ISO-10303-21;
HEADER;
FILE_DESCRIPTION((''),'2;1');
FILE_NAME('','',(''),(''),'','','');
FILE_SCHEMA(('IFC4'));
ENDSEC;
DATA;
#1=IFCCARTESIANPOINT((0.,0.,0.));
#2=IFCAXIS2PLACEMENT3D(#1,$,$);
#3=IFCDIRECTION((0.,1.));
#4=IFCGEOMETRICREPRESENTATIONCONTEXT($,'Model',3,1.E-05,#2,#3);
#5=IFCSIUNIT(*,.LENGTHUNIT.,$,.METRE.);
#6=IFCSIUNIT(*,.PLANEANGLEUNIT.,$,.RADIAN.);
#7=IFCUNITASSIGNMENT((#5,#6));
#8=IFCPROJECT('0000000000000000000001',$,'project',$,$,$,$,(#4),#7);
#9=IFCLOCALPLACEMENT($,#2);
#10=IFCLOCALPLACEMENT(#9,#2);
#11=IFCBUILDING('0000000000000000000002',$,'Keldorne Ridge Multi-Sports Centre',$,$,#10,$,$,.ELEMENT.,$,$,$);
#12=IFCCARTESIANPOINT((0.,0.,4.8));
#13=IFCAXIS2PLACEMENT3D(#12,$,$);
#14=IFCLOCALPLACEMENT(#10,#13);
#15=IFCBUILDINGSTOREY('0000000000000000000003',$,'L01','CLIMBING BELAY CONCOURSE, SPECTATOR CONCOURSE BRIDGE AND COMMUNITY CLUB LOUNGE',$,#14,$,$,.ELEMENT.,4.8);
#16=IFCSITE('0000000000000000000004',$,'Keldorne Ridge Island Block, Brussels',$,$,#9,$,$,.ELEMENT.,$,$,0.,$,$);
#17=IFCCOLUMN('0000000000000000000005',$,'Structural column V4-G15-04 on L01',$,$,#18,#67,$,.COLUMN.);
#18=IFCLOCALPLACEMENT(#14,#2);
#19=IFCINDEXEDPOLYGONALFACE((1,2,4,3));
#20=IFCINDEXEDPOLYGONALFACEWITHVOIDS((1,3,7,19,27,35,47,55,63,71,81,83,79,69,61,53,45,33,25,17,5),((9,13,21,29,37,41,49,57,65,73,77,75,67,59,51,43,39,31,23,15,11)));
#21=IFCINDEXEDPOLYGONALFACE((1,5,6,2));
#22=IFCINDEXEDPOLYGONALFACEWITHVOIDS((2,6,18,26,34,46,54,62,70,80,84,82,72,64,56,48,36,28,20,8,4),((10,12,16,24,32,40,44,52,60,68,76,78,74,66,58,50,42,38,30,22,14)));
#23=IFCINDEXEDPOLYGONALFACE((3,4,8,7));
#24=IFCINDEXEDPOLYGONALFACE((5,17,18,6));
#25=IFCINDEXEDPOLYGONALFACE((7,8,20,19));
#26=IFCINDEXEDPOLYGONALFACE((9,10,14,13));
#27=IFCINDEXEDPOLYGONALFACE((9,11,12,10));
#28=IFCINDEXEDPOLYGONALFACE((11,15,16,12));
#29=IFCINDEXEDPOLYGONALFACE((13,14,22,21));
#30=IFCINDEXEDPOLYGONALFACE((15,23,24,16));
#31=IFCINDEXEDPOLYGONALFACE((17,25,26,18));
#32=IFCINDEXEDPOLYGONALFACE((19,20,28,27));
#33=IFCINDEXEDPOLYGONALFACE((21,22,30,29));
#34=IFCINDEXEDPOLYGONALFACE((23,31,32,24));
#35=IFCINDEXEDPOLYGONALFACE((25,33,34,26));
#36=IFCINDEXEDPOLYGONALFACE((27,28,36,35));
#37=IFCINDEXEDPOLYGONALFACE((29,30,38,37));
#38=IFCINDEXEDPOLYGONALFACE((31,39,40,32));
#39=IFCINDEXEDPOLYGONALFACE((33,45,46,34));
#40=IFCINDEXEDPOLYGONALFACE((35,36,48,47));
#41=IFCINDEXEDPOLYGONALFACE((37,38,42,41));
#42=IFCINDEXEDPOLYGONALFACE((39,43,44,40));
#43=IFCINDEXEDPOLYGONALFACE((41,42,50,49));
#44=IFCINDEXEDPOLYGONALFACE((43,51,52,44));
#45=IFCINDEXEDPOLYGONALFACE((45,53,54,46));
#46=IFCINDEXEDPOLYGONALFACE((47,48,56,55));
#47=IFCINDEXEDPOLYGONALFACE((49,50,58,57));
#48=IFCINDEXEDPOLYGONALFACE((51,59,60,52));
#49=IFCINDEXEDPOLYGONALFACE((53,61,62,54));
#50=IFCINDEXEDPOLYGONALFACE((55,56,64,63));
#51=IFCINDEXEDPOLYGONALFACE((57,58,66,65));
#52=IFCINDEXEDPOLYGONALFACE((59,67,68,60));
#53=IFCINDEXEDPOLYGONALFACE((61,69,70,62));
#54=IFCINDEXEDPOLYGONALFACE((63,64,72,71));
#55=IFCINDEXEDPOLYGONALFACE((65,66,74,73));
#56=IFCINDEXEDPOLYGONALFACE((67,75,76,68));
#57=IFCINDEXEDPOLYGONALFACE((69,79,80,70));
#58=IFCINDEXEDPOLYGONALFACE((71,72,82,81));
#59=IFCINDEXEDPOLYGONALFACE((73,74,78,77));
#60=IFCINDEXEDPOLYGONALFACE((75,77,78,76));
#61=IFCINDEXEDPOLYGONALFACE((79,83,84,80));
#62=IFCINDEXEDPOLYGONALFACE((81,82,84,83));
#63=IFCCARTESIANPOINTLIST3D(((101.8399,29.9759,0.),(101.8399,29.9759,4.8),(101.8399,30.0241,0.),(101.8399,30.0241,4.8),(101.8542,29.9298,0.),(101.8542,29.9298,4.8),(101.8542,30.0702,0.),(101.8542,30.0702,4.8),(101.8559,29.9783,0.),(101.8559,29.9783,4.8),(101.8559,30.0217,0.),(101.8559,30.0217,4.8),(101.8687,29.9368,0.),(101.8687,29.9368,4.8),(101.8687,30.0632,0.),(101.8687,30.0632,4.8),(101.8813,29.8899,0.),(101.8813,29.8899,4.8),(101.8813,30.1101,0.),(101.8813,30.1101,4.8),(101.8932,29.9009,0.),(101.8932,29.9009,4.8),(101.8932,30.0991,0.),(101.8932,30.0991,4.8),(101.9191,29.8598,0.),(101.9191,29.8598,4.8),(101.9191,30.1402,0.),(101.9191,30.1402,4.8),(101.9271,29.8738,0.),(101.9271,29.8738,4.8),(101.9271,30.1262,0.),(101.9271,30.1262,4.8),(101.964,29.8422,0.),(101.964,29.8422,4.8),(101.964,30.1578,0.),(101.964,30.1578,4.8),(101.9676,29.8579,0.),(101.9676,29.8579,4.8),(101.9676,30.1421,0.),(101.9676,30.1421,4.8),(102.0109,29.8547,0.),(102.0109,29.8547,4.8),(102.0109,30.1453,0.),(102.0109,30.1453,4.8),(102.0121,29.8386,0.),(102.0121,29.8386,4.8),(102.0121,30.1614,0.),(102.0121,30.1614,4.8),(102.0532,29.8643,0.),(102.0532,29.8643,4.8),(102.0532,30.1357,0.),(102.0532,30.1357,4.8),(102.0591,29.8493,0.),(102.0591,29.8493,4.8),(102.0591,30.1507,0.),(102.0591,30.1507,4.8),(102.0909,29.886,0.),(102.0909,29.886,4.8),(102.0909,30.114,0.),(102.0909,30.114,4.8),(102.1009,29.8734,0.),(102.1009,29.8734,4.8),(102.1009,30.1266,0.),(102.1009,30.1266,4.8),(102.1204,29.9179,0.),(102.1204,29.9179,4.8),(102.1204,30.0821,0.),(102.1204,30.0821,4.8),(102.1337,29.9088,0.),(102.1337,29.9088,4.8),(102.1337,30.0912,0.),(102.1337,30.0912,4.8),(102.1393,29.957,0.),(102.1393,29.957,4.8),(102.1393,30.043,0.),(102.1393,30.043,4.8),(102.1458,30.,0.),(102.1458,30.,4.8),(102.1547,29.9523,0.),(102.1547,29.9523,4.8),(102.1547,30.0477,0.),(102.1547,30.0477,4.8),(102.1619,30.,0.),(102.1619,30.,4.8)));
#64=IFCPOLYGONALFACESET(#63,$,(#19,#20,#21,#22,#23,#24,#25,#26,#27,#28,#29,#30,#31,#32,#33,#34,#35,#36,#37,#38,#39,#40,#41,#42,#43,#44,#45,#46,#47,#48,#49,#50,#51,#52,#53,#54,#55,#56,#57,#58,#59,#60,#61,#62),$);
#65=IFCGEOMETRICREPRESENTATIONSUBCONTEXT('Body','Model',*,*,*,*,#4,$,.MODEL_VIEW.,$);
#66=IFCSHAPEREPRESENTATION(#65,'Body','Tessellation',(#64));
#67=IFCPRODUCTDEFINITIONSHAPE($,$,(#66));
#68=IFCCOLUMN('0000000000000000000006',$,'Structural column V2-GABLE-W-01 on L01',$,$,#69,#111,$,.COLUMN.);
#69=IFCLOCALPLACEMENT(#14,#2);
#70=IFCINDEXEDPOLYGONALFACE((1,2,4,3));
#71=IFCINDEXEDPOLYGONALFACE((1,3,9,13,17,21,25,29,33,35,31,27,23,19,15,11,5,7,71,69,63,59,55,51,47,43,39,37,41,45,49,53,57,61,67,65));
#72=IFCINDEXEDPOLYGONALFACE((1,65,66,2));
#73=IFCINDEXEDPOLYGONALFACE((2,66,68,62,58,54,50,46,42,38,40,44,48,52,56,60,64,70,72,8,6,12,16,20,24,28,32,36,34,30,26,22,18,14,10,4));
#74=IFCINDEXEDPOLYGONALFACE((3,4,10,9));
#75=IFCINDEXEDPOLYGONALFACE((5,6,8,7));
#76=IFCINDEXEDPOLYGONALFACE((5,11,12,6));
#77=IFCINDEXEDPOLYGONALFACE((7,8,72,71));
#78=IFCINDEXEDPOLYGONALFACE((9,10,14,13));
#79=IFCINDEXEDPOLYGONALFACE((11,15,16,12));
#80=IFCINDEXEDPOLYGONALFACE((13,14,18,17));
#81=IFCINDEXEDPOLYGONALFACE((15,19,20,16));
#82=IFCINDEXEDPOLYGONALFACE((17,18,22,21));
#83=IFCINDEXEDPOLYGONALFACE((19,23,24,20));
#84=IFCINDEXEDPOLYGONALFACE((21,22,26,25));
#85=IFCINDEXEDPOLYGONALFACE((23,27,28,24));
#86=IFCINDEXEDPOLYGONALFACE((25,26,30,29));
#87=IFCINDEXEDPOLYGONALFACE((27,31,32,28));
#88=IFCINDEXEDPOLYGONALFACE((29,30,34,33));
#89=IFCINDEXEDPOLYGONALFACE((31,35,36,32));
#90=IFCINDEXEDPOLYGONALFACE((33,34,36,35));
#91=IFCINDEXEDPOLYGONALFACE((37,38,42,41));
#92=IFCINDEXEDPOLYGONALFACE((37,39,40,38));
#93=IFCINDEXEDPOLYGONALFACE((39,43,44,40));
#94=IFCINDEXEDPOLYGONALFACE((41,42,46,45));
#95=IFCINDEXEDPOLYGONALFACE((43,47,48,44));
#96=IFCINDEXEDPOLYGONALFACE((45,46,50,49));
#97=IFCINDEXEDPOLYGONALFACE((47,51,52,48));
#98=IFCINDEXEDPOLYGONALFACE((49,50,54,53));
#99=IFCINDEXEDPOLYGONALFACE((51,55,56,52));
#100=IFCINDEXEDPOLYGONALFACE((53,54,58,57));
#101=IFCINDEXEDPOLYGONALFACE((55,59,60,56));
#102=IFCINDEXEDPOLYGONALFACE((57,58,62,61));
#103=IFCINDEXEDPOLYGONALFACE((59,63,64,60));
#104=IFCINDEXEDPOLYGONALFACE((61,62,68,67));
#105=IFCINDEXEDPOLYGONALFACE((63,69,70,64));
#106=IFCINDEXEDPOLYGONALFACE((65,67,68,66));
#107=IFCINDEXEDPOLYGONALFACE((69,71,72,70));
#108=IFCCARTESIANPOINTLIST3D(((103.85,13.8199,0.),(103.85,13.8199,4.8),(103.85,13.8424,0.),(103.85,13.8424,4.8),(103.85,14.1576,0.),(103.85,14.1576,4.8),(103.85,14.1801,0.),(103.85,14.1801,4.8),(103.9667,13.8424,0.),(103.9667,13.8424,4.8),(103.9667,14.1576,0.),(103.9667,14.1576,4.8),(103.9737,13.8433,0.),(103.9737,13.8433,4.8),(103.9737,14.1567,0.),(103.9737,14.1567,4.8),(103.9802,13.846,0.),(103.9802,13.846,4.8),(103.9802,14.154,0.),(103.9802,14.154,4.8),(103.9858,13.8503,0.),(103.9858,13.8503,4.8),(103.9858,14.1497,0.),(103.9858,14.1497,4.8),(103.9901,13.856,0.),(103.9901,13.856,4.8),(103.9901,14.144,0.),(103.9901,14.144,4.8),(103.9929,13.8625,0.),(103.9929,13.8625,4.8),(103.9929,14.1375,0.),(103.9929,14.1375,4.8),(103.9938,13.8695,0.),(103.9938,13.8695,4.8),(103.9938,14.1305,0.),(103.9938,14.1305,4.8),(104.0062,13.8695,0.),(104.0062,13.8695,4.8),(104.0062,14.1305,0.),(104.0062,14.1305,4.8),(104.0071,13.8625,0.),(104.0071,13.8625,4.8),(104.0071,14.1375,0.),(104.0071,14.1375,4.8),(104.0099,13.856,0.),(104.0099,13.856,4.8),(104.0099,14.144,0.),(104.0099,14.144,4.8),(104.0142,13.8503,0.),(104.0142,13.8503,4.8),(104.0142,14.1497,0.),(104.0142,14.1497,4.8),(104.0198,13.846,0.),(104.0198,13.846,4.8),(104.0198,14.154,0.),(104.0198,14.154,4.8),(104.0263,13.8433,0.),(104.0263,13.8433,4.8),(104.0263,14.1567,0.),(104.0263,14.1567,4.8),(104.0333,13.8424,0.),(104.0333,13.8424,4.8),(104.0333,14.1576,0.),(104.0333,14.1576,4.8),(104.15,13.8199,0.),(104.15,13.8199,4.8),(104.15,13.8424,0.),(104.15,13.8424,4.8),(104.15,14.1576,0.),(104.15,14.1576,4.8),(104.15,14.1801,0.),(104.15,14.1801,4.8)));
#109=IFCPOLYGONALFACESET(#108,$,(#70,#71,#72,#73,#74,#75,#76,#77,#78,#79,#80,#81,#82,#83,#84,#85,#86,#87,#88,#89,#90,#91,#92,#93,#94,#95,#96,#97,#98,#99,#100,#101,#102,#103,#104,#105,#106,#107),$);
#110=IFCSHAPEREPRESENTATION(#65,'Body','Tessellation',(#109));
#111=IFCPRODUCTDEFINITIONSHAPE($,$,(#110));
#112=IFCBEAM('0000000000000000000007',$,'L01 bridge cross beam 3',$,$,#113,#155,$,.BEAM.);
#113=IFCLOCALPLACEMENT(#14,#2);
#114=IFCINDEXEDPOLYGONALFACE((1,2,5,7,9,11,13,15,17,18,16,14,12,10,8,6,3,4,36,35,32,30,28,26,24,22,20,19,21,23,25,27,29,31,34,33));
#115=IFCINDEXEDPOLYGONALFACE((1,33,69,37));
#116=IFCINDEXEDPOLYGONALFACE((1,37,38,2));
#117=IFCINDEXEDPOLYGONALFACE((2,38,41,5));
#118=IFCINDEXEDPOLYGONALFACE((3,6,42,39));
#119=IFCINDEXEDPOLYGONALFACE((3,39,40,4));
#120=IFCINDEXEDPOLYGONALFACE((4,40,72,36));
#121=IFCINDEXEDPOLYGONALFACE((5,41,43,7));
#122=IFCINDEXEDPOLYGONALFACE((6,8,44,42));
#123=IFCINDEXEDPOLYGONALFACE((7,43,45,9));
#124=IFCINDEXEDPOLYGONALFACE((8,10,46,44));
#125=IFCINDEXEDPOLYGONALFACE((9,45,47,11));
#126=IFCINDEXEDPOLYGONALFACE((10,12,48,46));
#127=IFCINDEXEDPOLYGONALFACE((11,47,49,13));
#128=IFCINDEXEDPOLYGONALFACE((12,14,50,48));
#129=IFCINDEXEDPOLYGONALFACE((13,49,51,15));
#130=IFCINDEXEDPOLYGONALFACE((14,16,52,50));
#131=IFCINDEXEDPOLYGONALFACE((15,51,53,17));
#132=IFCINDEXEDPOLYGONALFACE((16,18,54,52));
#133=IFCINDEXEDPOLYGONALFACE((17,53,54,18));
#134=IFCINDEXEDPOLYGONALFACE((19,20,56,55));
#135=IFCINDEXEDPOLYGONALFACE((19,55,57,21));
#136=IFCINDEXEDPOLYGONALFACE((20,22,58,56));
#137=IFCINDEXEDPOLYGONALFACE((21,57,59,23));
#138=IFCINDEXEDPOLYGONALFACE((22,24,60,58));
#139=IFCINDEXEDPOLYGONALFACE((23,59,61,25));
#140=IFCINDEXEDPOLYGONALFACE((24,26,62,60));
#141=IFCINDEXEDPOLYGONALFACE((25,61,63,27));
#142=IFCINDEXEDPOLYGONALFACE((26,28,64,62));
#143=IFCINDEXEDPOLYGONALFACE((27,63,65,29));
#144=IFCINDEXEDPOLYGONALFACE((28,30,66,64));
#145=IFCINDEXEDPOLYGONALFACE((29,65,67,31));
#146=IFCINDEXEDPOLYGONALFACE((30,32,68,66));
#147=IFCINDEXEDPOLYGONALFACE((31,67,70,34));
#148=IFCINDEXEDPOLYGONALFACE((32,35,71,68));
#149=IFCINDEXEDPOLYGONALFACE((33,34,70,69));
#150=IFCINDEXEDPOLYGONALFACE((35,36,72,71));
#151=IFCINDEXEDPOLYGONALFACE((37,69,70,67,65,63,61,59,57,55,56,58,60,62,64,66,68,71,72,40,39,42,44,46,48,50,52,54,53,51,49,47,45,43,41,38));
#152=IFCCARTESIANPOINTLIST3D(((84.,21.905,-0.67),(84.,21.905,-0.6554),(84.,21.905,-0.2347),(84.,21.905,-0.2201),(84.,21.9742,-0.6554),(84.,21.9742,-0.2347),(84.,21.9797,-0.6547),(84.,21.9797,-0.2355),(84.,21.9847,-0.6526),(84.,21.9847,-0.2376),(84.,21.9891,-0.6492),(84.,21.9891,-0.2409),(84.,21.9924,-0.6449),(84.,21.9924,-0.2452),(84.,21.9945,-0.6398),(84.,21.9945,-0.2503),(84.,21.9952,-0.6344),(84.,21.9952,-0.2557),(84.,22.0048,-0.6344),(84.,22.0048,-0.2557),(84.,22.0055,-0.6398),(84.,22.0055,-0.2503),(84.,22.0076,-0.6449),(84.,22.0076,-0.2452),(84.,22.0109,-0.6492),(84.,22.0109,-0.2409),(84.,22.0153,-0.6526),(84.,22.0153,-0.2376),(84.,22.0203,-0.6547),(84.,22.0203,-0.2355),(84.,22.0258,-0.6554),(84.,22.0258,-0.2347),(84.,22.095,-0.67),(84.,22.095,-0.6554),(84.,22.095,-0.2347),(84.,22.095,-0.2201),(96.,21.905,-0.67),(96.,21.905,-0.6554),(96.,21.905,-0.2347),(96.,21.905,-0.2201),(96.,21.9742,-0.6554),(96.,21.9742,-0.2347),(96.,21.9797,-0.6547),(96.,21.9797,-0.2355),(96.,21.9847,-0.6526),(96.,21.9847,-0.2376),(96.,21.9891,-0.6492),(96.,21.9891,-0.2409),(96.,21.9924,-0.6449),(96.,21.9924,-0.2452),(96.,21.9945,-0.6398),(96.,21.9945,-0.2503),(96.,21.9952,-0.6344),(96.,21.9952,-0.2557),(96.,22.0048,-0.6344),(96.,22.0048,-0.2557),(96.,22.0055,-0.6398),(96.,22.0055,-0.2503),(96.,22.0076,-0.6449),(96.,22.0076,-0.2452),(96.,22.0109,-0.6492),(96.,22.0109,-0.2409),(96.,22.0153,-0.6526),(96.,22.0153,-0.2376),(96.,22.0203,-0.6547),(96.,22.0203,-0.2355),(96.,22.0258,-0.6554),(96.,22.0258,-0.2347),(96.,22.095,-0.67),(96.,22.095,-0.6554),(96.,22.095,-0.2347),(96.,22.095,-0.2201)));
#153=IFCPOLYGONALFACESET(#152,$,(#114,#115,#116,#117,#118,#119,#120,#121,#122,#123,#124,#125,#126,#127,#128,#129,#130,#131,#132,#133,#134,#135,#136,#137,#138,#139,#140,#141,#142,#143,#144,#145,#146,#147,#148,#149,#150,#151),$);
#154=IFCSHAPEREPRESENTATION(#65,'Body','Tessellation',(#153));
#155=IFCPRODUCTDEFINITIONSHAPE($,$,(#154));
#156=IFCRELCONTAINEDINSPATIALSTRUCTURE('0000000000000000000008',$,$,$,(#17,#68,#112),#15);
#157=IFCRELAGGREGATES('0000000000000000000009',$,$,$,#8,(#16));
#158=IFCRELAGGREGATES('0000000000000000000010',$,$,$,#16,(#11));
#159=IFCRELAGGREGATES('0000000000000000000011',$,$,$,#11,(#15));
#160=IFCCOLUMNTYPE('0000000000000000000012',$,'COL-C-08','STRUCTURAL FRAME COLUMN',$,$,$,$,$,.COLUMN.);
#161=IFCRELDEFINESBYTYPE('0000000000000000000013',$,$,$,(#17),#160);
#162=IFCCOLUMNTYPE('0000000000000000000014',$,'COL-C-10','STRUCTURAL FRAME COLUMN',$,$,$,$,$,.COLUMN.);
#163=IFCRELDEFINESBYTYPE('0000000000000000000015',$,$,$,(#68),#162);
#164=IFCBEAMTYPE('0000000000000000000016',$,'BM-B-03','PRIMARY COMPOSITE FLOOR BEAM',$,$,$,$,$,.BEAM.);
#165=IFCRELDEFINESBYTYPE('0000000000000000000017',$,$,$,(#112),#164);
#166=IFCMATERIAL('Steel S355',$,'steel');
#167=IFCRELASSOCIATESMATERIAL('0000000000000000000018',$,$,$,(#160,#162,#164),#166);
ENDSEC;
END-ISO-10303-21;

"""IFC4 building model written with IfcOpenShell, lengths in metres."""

from ifc_helpers import new_model, si_unit, direction, frame, origin, origin_2d, place, context, subcontext, project, spatial, hollow_circle, i_section, extrude, material, material_profile, profile_set, type_object, element, save


model = new_model("IFC4")

# Units and contexts
model_context = context("Model", 3, precision=1e-05, world=origin(), true_north=direction((0.0, 1.0)))
body_context = subcontext(model_context, "Body", "Model", "MODEL_VIEW")
ifc_project = project(units=[si_unit("LENGTHUNIT", "METRE"), si_unit("PLANEANGLEUNIT", "RADIAN")], contexts=[model_context])

# Site, building, storey
site_placement = place(None, origin())
site = spatial("IfcSite", under=ifc_project, at=site_placement, Name="Keldorne Ridge Island Block, Brussels", CompositionType="ELEMENT", RefElevation=0.0)
building_placement = place(site_placement, origin())
building = spatial("IfcBuilding", under=site, at=building_placement, Name="Keldorne Ridge Multi-Sports Centre", CompositionType="ELEMENT")
storey_placement = place(building_placement, frame((0.0, 0.0, 4.8)))
storey = spatial("IfcBuildingStorey", under=building, at=storey_placement, Name="L01", Description="CLIMBING BELAY CONCOURSE, SPECTATOR CONCOURSE BRIDGE AND COMMUNITY CLUB LOUNGE", CompositionType="ELEMENT", Elevation=4.8)

# Columns
ifc_material_1 = material(Name="Steel S355", Category="steel")
ifc_material_profile_1 = material_profile(ifc_material_1, hollow_circle(Radius=0.1619, WallThickness=0.0161, at=origin_2d()), Name="CHS 323.9x16")
ifc_profile_set_1 = profile_set([ifc_material_profile_1], Name="Steel S355")
column_type_1 = type_object("IfcColumnType", Name="COL-C-08", Description="STRUCTURAL FRAME COLUMN", PredefinedType="COLUMN", material=ifc_profile_set_1)
for number, where, z_axis, x_axis, name in (
    (1, (102.0, 30.0, 0.0), (0.0, 0.0, 1.0), (1.0, 0.0, 0.0), "Structural column V4-G15-04 on L01"),
):
    element("IfcColumn", number, at=place(storey_placement, frame(where, z_axis=z_axis, x_axis=x_axis)), inside=storey, type_object=column_type_1, Name=name, PredefinedType="COLUMN", context=body_context, shape_type="SweptSolid", body=[
        extrude(hollow_circle(Radius=0.1619, WallThickness=0.0161, at=origin_2d()), origin(), (0.0, 0.0, 1.0), 4.8),
    ])
ifc_material_profile_2 = material_profile(ifc_material_1, i_section(OverallWidth=0.3, OverallDepth=0.3601, WebThickness=0.0125, FlangeThickness=0.0225, FilletRadius=0.0271, at=origin_2d()), Name="HEB 360")
ifc_profile_set_2 = profile_set([ifc_material_profile_2], Name="Steel S355")
column_type_2 = type_object("IfcColumnType", Name="COL-C-10", Description="STRUCTURAL FRAME COLUMN", PredefinedType="COLUMN", material=ifc_profile_set_2)
column_placement = place(storey_placement, frame((104.0, 14.0, 0.0), z_axis=(0.0, 0.0, 1.0), x_axis=(1.0, 0.0, 0.0)))
element("IfcColumn", 2, at=column_placement, inside=storey, type_object=column_type_2, Name="Structural column V2-GABLE-W-01 on L01", PredefinedType="COLUMN", context=body_context, shape_type="SweptSolid", body=[
    extrude(i_section(OverallWidth=0.3, OverallDepth=0.3601, WebThickness=0.0125, FlangeThickness=0.0225, FilletRadius=0.0271, at=origin_2d()), origin(), (0.0, 0.0, 1.0), 4.8),
])

# Beam
ifc_material_profile_3 = material_profile(ifc_material_1, i_section(OverallWidth=0.1899, OverallDepth=0.45, WebThickness=0.0095, FlangeThickness=0.0146, FilletRadius=0.021, at=origin_2d()), Name="IPE 450")
ifc_profile_set_3 = profile_set([ifc_material_profile_3], Name="Steel S355")
beam_type_1 = type_object("IfcBeamType", Name="BM-B-03", Description="PRIMARY COMPOSITE FLOOR BEAM", PredefinedType="BEAM", material=ifc_profile_set_3)
beam_placement = place(storey_placement, frame((84.0, 22.0, -0.4451), z_axis=(1.0, 0.0, 0.0), x_axis=(0.0, 1.0, 0.0)))
element("IfcBeam", 3, at=beam_placement, inside=storey, type_object=beam_type_1, Name="L01 bridge cross beam 3", PredefinedType="BEAM", context=body_context, shape_type="SweptSolid", body=[
    extrude(i_section(OverallWidth=0.1899, OverallDepth=0.45, WebThickness=0.0095, FlangeThickness=0.0146, FilletRadius=0.021, at=origin_2d()), origin(), (0.0, 0.0, 1.0), 12.0),
])

save(model, "model.ifc")
